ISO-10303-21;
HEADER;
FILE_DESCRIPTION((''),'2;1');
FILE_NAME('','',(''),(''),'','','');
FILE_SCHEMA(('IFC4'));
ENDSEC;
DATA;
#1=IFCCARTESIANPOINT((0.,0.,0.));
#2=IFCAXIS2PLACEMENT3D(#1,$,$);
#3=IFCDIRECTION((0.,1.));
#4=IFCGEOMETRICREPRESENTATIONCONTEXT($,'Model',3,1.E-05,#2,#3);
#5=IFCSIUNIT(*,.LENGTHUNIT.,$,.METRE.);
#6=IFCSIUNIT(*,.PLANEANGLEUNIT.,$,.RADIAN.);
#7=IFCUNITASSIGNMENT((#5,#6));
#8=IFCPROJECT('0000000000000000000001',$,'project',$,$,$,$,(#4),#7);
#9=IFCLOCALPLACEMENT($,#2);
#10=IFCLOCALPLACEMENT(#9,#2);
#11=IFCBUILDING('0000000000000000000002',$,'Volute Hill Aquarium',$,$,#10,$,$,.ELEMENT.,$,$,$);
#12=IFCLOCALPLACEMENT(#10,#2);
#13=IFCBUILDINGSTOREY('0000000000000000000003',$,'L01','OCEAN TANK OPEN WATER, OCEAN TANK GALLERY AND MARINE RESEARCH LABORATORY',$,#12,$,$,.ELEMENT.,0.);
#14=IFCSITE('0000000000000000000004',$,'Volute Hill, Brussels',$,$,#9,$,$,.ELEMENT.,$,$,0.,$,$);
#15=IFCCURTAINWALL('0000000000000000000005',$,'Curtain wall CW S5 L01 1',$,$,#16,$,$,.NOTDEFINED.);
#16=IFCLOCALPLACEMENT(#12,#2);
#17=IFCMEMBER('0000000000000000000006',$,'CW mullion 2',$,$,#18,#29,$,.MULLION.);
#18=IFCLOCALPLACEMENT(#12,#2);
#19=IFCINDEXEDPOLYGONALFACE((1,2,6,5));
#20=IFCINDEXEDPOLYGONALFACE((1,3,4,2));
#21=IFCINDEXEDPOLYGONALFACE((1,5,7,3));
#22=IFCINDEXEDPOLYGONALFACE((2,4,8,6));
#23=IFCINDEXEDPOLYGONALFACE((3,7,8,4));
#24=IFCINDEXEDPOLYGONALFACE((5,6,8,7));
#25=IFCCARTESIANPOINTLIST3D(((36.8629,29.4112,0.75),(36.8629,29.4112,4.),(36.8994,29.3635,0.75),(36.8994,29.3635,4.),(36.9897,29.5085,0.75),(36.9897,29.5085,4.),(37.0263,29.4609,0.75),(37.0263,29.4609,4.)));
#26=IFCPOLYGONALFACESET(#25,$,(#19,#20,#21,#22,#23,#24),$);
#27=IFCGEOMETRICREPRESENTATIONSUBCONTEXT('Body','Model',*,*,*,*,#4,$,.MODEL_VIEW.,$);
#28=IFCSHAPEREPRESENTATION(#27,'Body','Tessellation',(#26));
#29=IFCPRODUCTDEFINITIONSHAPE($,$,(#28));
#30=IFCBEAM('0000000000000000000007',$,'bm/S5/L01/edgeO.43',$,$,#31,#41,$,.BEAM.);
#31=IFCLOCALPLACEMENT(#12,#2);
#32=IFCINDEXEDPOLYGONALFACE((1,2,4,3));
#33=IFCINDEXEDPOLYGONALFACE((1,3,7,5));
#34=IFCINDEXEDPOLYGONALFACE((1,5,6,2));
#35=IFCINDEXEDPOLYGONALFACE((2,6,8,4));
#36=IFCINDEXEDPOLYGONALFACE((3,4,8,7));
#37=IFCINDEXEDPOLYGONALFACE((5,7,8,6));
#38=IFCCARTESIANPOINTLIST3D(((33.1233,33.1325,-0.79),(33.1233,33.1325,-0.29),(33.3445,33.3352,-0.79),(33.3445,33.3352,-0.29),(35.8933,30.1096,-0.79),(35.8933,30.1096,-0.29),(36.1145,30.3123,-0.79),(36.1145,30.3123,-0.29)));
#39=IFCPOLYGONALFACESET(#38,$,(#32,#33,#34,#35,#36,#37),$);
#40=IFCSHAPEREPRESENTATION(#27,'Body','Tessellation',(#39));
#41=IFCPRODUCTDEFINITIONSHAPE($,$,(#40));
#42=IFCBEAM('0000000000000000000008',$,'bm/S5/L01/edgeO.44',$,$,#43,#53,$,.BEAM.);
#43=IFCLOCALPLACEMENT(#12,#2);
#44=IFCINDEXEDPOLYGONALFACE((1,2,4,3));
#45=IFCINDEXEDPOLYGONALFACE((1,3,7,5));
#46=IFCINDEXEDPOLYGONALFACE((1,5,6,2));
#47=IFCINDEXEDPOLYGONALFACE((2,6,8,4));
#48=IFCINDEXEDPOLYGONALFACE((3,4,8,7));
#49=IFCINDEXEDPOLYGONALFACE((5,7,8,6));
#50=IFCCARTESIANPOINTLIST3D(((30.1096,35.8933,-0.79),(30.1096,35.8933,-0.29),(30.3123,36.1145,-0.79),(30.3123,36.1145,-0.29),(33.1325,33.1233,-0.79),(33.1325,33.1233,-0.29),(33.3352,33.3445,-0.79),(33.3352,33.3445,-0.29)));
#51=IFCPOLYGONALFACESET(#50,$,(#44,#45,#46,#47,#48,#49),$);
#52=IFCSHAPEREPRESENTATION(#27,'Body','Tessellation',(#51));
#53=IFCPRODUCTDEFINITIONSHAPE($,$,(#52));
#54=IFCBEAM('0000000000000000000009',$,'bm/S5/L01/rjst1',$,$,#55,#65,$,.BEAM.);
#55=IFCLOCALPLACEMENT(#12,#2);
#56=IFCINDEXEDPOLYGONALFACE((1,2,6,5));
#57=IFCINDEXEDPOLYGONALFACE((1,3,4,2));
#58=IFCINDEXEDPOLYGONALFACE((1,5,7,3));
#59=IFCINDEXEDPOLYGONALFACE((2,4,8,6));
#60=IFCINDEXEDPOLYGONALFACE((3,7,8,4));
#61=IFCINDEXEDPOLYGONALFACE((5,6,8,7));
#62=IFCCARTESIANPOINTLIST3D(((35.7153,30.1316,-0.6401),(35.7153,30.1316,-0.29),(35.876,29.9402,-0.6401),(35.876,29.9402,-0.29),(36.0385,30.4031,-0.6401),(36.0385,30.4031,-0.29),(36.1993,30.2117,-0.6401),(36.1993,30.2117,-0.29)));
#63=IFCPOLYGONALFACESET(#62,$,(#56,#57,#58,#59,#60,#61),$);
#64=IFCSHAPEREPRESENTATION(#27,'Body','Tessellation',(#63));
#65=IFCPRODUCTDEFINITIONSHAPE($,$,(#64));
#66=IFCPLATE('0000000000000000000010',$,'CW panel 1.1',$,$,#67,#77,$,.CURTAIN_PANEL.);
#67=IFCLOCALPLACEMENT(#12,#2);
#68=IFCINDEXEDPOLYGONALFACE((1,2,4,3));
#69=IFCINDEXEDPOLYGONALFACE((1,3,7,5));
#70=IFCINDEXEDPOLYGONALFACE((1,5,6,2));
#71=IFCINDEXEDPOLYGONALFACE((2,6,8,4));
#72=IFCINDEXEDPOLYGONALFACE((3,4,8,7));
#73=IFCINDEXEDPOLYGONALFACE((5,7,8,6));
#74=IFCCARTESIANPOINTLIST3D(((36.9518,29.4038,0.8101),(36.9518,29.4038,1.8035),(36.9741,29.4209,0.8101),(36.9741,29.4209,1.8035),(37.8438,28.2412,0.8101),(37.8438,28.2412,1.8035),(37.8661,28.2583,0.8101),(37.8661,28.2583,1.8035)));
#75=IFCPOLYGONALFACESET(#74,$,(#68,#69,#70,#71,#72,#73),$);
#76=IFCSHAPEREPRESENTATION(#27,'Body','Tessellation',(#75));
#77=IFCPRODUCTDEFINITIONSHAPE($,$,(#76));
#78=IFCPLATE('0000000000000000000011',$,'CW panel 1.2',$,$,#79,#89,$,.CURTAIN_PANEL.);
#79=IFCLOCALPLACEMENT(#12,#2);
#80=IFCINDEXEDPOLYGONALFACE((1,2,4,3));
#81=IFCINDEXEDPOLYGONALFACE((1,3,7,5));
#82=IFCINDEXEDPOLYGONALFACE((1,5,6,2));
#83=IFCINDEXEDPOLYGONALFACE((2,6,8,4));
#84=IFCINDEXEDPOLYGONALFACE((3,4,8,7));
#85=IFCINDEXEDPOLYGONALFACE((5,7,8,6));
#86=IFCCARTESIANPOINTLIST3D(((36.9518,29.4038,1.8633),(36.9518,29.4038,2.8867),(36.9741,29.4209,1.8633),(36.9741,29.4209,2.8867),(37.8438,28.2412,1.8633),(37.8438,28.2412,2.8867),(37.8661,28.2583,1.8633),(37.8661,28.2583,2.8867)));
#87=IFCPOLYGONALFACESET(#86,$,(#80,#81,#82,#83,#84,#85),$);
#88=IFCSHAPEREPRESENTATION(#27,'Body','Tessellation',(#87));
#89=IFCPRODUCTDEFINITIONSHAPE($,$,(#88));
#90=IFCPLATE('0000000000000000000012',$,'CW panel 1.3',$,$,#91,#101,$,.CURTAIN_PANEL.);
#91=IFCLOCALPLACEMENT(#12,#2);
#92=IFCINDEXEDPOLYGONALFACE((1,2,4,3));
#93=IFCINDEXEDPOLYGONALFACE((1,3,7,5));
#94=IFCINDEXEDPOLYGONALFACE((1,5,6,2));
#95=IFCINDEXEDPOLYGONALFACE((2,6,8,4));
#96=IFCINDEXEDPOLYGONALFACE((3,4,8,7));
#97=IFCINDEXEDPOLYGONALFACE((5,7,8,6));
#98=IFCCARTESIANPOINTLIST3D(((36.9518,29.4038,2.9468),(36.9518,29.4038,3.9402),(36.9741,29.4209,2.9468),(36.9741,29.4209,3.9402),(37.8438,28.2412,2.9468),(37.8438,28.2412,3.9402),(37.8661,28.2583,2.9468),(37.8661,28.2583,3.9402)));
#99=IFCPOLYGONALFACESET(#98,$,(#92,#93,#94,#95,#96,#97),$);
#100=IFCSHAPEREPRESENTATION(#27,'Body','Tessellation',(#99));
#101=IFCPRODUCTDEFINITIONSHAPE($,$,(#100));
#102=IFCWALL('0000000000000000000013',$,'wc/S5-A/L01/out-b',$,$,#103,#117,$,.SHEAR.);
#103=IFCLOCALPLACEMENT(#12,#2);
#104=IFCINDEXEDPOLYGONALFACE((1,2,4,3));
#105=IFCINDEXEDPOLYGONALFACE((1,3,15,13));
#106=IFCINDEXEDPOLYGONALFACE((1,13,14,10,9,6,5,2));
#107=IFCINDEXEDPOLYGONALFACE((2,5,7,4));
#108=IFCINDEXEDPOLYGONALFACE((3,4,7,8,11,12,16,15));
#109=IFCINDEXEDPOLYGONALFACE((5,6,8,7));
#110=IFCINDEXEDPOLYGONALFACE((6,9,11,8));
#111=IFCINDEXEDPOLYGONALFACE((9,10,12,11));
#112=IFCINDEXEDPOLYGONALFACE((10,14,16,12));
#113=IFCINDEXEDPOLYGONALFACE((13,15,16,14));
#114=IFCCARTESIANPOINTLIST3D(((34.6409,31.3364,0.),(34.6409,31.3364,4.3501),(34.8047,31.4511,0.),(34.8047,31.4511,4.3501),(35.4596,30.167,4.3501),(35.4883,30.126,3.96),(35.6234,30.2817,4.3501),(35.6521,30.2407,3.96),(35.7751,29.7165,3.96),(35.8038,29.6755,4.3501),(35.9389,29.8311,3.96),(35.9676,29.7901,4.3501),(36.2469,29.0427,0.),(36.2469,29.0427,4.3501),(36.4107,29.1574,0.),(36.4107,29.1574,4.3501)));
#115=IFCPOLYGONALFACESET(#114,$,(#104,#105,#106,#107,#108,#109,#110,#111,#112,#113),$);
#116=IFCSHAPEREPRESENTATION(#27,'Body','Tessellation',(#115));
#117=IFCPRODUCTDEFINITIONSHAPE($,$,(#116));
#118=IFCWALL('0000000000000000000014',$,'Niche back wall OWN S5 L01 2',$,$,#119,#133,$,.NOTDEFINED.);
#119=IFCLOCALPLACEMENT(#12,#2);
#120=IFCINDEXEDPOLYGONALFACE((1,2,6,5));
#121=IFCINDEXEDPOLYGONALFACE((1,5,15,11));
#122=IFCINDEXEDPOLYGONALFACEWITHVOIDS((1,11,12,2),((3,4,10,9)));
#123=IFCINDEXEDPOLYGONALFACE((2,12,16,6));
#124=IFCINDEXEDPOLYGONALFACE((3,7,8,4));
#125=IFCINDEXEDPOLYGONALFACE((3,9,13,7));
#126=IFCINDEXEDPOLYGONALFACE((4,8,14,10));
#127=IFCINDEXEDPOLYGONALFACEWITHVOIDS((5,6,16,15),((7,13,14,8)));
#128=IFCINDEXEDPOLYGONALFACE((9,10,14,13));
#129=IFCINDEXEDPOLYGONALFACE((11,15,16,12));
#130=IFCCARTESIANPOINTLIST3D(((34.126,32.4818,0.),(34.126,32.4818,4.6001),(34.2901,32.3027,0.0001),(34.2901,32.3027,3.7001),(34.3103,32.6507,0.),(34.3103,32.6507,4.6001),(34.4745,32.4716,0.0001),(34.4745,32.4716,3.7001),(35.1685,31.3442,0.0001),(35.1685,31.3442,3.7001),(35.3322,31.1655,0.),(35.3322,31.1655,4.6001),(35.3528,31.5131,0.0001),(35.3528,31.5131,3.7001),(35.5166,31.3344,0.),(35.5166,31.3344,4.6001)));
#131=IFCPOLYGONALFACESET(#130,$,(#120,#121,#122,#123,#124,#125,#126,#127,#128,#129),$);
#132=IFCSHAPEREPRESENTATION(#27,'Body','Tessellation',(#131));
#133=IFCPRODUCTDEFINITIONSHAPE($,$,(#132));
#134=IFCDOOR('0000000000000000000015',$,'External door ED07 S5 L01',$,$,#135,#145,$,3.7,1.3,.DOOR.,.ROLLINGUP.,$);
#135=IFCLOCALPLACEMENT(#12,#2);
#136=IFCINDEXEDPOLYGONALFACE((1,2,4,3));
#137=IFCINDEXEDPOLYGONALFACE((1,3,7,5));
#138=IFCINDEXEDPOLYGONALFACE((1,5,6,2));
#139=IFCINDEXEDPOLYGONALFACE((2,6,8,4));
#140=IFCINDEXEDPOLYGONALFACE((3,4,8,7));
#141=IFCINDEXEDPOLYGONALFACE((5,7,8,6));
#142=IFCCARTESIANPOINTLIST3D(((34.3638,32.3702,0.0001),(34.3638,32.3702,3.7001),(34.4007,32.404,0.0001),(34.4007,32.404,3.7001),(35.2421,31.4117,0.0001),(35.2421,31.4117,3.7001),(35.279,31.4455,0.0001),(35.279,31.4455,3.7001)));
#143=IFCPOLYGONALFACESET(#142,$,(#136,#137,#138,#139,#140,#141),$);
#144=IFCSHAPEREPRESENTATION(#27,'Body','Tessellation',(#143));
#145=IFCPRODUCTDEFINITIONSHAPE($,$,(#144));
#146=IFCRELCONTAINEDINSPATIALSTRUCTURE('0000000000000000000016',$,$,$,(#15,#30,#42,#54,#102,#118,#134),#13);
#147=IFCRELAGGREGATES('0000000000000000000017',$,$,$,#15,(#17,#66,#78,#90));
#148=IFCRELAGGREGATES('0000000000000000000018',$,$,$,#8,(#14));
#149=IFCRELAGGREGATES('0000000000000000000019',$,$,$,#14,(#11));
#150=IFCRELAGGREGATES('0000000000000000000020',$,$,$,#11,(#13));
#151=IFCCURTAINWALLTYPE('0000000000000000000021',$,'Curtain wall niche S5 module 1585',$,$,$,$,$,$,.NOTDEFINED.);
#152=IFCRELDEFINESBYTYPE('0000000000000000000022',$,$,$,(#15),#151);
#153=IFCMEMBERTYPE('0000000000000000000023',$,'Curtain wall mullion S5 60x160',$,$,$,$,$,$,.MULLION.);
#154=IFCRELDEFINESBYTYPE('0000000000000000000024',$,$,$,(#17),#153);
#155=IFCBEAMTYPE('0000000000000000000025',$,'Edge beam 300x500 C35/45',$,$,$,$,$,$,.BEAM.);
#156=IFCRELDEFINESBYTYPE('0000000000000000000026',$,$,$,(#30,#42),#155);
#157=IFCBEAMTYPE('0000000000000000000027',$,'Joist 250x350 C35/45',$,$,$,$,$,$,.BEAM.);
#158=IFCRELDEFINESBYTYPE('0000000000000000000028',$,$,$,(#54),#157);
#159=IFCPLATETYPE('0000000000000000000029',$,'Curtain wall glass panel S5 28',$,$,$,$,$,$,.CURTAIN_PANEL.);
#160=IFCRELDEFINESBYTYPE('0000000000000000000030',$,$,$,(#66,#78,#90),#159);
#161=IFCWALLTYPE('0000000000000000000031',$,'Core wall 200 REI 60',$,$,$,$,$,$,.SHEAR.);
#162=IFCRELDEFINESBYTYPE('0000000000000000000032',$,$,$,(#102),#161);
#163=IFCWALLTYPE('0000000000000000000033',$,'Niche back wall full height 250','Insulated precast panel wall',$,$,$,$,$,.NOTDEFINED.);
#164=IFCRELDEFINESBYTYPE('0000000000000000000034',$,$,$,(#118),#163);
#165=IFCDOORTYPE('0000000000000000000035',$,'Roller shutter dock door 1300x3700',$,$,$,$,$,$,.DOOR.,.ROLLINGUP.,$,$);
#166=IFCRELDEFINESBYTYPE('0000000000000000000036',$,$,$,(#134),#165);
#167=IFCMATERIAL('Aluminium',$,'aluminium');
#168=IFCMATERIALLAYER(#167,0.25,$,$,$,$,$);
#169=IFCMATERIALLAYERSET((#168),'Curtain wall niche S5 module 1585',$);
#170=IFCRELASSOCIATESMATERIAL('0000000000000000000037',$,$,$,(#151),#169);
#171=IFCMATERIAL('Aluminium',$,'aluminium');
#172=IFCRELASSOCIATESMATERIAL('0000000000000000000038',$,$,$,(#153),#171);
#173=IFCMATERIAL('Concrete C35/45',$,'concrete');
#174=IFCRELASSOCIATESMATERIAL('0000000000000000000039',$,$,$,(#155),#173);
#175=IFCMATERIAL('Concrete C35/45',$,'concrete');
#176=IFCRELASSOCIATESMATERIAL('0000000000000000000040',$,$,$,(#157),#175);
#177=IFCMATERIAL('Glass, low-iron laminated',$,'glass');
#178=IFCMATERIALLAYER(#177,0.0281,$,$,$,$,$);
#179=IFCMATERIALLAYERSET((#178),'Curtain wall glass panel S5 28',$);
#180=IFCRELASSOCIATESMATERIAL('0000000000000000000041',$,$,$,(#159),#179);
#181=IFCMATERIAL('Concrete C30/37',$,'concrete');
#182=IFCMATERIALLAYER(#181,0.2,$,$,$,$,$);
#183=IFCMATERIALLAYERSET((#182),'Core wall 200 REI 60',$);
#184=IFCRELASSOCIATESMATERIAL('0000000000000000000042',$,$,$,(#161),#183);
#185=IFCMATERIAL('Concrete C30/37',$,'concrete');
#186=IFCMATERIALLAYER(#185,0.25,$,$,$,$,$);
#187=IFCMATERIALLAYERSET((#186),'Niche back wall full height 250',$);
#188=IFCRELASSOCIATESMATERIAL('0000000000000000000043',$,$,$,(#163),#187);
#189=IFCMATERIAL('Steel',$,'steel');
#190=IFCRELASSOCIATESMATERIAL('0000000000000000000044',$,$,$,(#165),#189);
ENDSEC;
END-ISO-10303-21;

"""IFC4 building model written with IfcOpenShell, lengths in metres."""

from ifc_helpers import new_model, si_unit, direction, frame, frame_2d, origin, origin_2d, place, context, subcontext, project, spatial, polyline, rectangle, outline, extrude, material, layer, layer_set, material_profile, profile_set, type_object, element, fill, aggregate, save


model = new_model("IFC4")

# Units and contexts
model_context = context("Model", 3, precision=1e-05, world=origin(), true_north=direction((0.0, 1.0)))
body_context = subcontext(model_context, "Body", "Model", "MODEL_VIEW")
ifc_project = project(units=[si_unit("LENGTHUNIT", "METRE"), si_unit("PLANEANGLEUNIT", "RADIAN")], contexts=[model_context])

# Site, building, storey
site_placement = place(None, origin())
site = spatial("IfcSite", under=ifc_project, at=site_placement, Name="Volute Hill, Brussels", CompositionType="ELEMENT", RefElevation=0.0)
building_placement = place(site_placement, origin())
building = spatial("IfcBuilding", under=site, at=building_placement, Name="Volute Hill Aquarium", CompositionType="ELEMENT")
storey_placement = place(building_placement, origin())
storey = spatial("IfcBuildingStorey", under=building, at=storey_placement, Name="L01", Description="OCEAN TANK OPEN WATER, OCEAN TANK GALLERY AND MARINE RESEARCH LABORATORY", CompositionType="ELEMENT", Elevation=0.0)

# Curtain wall, member
ifc_material_1 = material(Name="Aluminium", Category="aluminium")
ifc_layer_1 = layer(ifc_material_1, 0.25)
ifc_layer_set_1 = layer_set([ifc_layer_1], Name="Curtain wall niche S5 module 1585")
curtain_wall_type = type_object("IfcCurtainWallType", Name="Curtain wall niche S5 module 1585", PredefinedType="NOTDEFINED", material=ifc_layer_set_1)
curtain_wall_placement = place(storey_placement, origin())
curtain_wall = element("IfcCurtainWall", 1, at=curtain_wall_placement, inside=storey, type_object=curtain_wall_type, Name="Curtain wall CW S5 L01 1", PredefinedType="NOTDEFINED")
ifc_material_2 = material(Name="Aluminium", Category="aluminium")
ifc_material_profile_1 = material_profile(ifc_material_2, rectangle(XDim=0.1599, YDim=0.0601, at=origin_2d()), Name="Curtain wall mullion S5 60x160")
ifc_profile_set_1 = profile_set([ifc_material_profile_1], Name="Aluminium")
member_type = type_object("IfcMemberType", Name="Curtain wall mullion S5 60x160", PredefinedType="MULLION", material=ifc_profile_set_1)
member_placement = place(storey_placement, frame((36.9446, 29.436, 0.75), z_axis=(0.0, 0.0, 1.0), x_axis=(-0.793361, -0.608752, 0.0)))
member = element("IfcMember", 2, at=member_placement, type_object=member_type, Name="CW mullion 2", PredefinedType="MULLION", context=body_context, shape_type="SweptSolid", body=[
    extrude(rectangle(XDim=0.1599, YDim=0.0601, at=origin_2d()), origin(), (0.0, 0.0, 1.0), 3.25),
])

# Beams
ifc_material_3 = material(Name="Concrete C35/45", Category="concrete")
ifc_material_profile_2 = material_profile(ifc_material_3, rectangle(XDim=0.3, YDim=0.5, at=origin_2d()), Name="RC edge beam 300x500")
ifc_profile_set_2 = profile_set([ifc_material_profile_2], Name="Concrete C35/45")
beam_type_1 = type_object("IfcBeamType", Name="Edge beam 300x500 C35/45", PredefinedType="BEAM", material=ifc_profile_set_2)
for number, where, z_axis, x_axis, name in (
    (3, (36.0039, 30.2109, -0.54), (-0.67559, 0.737278, 0.0), (-0.737278, -0.67559, 0.0), "bm/S5/L01/edgeO.43"),
    (4, (33.2339, 33.2339, -0.54), (-0.737278, 0.67559, 0.0), (-0.67559, -0.737278, 0.0), "bm/S5/L01/edgeO.44"),
):
    element("IfcBeam", number, at=place(storey_placement, frame(where, z_axis=z_axis, x_axis=x_axis)), inside=storey, type_object=beam_type_1, Name=name, PredefinedType="BEAM", context=body_context, shape_type="SweptSolid", body=[
        extrude(rectangle(XDim=0.3, YDim=0.5, at=origin_2d()), origin(), (0.0, 0.0, 1.0), 4.1001),
    ])
ifc_material_4 = material(Name="Concrete C35/45", Category="concrete")
ifc_material_profile_3 = material_profile(ifc_material_4, rectangle(XDim=0.25, YDim=0.3501, at=origin_2d()), Name="RC joist 250x350")
ifc_profile_set_3 = profile_set([ifc_material_profile_3], Name="Concrete C35/45")
beam_type_2 = type_object("IfcBeamType", Name="Joist 250x350 C35/45", PredefinedType="BEAM", material=ifc_profile_set_3)
beam_placement = place(storey_placement, frame((35.7957, 30.0359, -0.4651), z_axis=(0.76575, 0.643138, 0.0), x_axis=(-0.643138, 0.76575, 0.0)))
element("IfcBeam", 5, at=beam_placement, inside=storey, type_object=beam_type_2, Name="bm/S5/L01/rjst1", PredefinedType="BEAM", context=body_context, shape_type="SweptSolid", body=[
    extrude(rectangle(XDim=0.25, YDim=0.3501, at=origin_2d()), origin(), (0.0, 0.0, 1.0), 0.4221),
])

# Plates
ifc_material_5 = material(Name="Glass, low-iron laminated", Category="glass")
ifc_layer_2 = layer(ifc_material_5, 0.0281)
ifc_layer_set_2 = layer_set([ifc_layer_2], Name="Curtain wall glass panel S5 28")
plate_type = type_object("IfcPlateType", Name="Curtain wall glass panel S5 28", PredefinedType="CURTAIN_PANEL", material=ifc_layer_set_2)
plate_1_placement = place(storey_placement, frame((37.4089, 28.8311, 0.8101), z_axis=(0.0, 0.0, 1.0), x_axis=(-0.608752, 0.793361, 0.0)))
plate_1 = element("IfcPlate", 6, at=plate_1_placement, type_object=plate_type, Name="CW panel 1.1", PredefinedType="CURTAIN_PANEL", context=body_context, shape_type="SweptSolid", body=[
    extrude(rectangle(XDim=1.4653, YDim=0.0281, at=origin_2d()), origin(), (0.0, 0.0, 1.0), 0.9934),
])
plate_2_placement = place(storey_placement, frame((37.4089, 28.8311, 1.8633), z_axis=(0.0, 0.0, 1.0), x_axis=(-0.608752, 0.793361, 0.0)))
plate_2 = element("IfcPlate", 7, at=plate_2_placement, type_object=plate_type, Name="CW panel 1.2", PredefinedType="CURTAIN_PANEL", context=body_context, shape_type="SweptSolid", body=[
    extrude(rectangle(XDim=1.4653, YDim=0.0281, at=origin_2d()), origin(), (0.0, 0.0, 1.0), 1.0234),
])
plate_3_placement = place(storey_placement, frame((37.4089, 28.8311, 2.9468), z_axis=(0.0, 0.0, 1.0), x_axis=(-0.608752, 0.793361, 0.0)))
plate_3 = element("IfcPlate", 8, at=plate_3_placement, type_object=plate_type, Name="CW panel 1.3", PredefinedType="CURTAIN_PANEL", context=body_context, shape_type="SweptSolid", body=[
    extrude(rectangle(XDim=1.4653, YDim=0.0281, at=origin_2d()), origin(), (0.0, 0.0, 1.0), 0.9934),
])
aggregate(curtain_wall, [member, plate_1, plate_2, plate_3])

# Wall
ifc_material_6 = material(Name="Concrete C30/37", Category="concrete")
ifc_layer_3 = layer(ifc_material_6, 0.2)
ifc_layer_set_3 = layer_set([ifc_layer_3], Name="Core wall 200 REI 60")
wall_type_1 = type_object("IfcWallType", Name="Core wall 200 REI 60", PredefinedType="SHEAR", material=ifc_layer_set_3)
wall_1_placement = place(storey_placement, frame((36.3289, 29.1001, 0.0), z_axis=(0.0, 0.0, 1.0), x_axis=(-0.57355, 0.81917, 0.0)))
element("IfcWall", 9, at=wall_1_placement, inside=storey, type_object=wall_type_1, Name="wc/S5-A/L01/out-b", PredefinedType="SHEAR", context=body_context, shape_type="SweptSolid", body=[
    extrude(outline(polyline([(0.0, 0.0), (2.8, 0.0), (2.8, 4.3501), (1.3726, 4.3501), (1.3225, 3.96), (0.8225, 3.96), (0.7725, 4.3501), (0.0, 4.3501), (0.0, 0.0)])), frame((0.0, 0.1001, 0.0), z_axis=(0.0, -1.0, 0.0), x_axis=(1.0, 0.0, 0.0)), (0.0, 0.0, 1.0), 0.2),
])

# Wall, opening, door
ifc_material_7 = material(Name="Concrete C30/37", Category="concrete")
ifc_layer_4 = layer(ifc_material_7, 0.25)
ifc_layer_set_4 = layer_set([ifc_layer_4], Name="Niche back wall full height 250")
wall_type_2 = type_object("IfcWallType", Name="Niche back wall full height 250", Description="Insulated precast panel wall", PredefinedType="NOTDEFINED", material=ifc_layer_set_4)
wall_2_placement = place(storey_placement, frame((34.2183, 32.5662, 0.0), z_axis=(0.0, 0.0, 1.0), x_axis=(0.675601, -0.737268, 0.0)))
wall_2 = element("IfcWall", 10, at=wall_2_placement, inside=storey, type_object=wall_type_2, Name="Niche back wall OWN S5 L01 2", PredefinedType="NOTDEFINED", context=body_context, shape_type="SweptSolid", body=[
    extrude(rectangle(XDim=1.7854, YDim=0.25, at=frame_2d((0.8926, 0.0))), origin(), (0.0, 0.0, 1.0), 4.6001),
])
opening_placement = place(wall_2_placement, frame((0.2429, 0.0, 0.0)))
opening = element("IfcOpeningElement", 11, at=opening_placement, cuts=wall_2, PredefinedType="OPENING", context=body_context, shape_type="SweptSolid", body=[
    extrude(rectangle(XDim=1.3, YDim=3.7, at=frame_2d((0.6499, 1.8501))), frame((0.0, 0.135, 0.0), z_axis=(0.0, -1.0, 0.0), x_axis=(1.0, 0.0, 0.0)), (0.0, 0.0, 1.0), 0.27),
])
ifc_material_8 = material(Name="Steel", Category="steel")
door_type = type_object("IfcDoorType", Name="Roller shutter dock door 1300x3700", OperationType="ROLLINGUP", PredefinedType="DOOR", material=ifc_material_8)
door_placement = place(opening_placement, origin())
door = element("IfcDoor", 12, at=door_placement, inside=storey, type_object=door_type, Name="External door ED07 S5 L01", OperationType="ROLLINGUP", OverallHeight=3.7, OverallWidth=1.3, PredefinedType="DOOR", context=body_context, shape_type="SweptSolid", body=[
    extrude(rectangle(XDim=1.3, YDim=3.7, at=frame_2d((0.6499, 1.8501))), frame((0.0, 0.0249, 0.0), z_axis=(0.0, -1.0, 0.0), x_axis=(1.0, 0.0, 0.0)), (0.0, 0.0, 1.0), 0.05),
])
fill(opening, door)

save(model, "model.ifc")
